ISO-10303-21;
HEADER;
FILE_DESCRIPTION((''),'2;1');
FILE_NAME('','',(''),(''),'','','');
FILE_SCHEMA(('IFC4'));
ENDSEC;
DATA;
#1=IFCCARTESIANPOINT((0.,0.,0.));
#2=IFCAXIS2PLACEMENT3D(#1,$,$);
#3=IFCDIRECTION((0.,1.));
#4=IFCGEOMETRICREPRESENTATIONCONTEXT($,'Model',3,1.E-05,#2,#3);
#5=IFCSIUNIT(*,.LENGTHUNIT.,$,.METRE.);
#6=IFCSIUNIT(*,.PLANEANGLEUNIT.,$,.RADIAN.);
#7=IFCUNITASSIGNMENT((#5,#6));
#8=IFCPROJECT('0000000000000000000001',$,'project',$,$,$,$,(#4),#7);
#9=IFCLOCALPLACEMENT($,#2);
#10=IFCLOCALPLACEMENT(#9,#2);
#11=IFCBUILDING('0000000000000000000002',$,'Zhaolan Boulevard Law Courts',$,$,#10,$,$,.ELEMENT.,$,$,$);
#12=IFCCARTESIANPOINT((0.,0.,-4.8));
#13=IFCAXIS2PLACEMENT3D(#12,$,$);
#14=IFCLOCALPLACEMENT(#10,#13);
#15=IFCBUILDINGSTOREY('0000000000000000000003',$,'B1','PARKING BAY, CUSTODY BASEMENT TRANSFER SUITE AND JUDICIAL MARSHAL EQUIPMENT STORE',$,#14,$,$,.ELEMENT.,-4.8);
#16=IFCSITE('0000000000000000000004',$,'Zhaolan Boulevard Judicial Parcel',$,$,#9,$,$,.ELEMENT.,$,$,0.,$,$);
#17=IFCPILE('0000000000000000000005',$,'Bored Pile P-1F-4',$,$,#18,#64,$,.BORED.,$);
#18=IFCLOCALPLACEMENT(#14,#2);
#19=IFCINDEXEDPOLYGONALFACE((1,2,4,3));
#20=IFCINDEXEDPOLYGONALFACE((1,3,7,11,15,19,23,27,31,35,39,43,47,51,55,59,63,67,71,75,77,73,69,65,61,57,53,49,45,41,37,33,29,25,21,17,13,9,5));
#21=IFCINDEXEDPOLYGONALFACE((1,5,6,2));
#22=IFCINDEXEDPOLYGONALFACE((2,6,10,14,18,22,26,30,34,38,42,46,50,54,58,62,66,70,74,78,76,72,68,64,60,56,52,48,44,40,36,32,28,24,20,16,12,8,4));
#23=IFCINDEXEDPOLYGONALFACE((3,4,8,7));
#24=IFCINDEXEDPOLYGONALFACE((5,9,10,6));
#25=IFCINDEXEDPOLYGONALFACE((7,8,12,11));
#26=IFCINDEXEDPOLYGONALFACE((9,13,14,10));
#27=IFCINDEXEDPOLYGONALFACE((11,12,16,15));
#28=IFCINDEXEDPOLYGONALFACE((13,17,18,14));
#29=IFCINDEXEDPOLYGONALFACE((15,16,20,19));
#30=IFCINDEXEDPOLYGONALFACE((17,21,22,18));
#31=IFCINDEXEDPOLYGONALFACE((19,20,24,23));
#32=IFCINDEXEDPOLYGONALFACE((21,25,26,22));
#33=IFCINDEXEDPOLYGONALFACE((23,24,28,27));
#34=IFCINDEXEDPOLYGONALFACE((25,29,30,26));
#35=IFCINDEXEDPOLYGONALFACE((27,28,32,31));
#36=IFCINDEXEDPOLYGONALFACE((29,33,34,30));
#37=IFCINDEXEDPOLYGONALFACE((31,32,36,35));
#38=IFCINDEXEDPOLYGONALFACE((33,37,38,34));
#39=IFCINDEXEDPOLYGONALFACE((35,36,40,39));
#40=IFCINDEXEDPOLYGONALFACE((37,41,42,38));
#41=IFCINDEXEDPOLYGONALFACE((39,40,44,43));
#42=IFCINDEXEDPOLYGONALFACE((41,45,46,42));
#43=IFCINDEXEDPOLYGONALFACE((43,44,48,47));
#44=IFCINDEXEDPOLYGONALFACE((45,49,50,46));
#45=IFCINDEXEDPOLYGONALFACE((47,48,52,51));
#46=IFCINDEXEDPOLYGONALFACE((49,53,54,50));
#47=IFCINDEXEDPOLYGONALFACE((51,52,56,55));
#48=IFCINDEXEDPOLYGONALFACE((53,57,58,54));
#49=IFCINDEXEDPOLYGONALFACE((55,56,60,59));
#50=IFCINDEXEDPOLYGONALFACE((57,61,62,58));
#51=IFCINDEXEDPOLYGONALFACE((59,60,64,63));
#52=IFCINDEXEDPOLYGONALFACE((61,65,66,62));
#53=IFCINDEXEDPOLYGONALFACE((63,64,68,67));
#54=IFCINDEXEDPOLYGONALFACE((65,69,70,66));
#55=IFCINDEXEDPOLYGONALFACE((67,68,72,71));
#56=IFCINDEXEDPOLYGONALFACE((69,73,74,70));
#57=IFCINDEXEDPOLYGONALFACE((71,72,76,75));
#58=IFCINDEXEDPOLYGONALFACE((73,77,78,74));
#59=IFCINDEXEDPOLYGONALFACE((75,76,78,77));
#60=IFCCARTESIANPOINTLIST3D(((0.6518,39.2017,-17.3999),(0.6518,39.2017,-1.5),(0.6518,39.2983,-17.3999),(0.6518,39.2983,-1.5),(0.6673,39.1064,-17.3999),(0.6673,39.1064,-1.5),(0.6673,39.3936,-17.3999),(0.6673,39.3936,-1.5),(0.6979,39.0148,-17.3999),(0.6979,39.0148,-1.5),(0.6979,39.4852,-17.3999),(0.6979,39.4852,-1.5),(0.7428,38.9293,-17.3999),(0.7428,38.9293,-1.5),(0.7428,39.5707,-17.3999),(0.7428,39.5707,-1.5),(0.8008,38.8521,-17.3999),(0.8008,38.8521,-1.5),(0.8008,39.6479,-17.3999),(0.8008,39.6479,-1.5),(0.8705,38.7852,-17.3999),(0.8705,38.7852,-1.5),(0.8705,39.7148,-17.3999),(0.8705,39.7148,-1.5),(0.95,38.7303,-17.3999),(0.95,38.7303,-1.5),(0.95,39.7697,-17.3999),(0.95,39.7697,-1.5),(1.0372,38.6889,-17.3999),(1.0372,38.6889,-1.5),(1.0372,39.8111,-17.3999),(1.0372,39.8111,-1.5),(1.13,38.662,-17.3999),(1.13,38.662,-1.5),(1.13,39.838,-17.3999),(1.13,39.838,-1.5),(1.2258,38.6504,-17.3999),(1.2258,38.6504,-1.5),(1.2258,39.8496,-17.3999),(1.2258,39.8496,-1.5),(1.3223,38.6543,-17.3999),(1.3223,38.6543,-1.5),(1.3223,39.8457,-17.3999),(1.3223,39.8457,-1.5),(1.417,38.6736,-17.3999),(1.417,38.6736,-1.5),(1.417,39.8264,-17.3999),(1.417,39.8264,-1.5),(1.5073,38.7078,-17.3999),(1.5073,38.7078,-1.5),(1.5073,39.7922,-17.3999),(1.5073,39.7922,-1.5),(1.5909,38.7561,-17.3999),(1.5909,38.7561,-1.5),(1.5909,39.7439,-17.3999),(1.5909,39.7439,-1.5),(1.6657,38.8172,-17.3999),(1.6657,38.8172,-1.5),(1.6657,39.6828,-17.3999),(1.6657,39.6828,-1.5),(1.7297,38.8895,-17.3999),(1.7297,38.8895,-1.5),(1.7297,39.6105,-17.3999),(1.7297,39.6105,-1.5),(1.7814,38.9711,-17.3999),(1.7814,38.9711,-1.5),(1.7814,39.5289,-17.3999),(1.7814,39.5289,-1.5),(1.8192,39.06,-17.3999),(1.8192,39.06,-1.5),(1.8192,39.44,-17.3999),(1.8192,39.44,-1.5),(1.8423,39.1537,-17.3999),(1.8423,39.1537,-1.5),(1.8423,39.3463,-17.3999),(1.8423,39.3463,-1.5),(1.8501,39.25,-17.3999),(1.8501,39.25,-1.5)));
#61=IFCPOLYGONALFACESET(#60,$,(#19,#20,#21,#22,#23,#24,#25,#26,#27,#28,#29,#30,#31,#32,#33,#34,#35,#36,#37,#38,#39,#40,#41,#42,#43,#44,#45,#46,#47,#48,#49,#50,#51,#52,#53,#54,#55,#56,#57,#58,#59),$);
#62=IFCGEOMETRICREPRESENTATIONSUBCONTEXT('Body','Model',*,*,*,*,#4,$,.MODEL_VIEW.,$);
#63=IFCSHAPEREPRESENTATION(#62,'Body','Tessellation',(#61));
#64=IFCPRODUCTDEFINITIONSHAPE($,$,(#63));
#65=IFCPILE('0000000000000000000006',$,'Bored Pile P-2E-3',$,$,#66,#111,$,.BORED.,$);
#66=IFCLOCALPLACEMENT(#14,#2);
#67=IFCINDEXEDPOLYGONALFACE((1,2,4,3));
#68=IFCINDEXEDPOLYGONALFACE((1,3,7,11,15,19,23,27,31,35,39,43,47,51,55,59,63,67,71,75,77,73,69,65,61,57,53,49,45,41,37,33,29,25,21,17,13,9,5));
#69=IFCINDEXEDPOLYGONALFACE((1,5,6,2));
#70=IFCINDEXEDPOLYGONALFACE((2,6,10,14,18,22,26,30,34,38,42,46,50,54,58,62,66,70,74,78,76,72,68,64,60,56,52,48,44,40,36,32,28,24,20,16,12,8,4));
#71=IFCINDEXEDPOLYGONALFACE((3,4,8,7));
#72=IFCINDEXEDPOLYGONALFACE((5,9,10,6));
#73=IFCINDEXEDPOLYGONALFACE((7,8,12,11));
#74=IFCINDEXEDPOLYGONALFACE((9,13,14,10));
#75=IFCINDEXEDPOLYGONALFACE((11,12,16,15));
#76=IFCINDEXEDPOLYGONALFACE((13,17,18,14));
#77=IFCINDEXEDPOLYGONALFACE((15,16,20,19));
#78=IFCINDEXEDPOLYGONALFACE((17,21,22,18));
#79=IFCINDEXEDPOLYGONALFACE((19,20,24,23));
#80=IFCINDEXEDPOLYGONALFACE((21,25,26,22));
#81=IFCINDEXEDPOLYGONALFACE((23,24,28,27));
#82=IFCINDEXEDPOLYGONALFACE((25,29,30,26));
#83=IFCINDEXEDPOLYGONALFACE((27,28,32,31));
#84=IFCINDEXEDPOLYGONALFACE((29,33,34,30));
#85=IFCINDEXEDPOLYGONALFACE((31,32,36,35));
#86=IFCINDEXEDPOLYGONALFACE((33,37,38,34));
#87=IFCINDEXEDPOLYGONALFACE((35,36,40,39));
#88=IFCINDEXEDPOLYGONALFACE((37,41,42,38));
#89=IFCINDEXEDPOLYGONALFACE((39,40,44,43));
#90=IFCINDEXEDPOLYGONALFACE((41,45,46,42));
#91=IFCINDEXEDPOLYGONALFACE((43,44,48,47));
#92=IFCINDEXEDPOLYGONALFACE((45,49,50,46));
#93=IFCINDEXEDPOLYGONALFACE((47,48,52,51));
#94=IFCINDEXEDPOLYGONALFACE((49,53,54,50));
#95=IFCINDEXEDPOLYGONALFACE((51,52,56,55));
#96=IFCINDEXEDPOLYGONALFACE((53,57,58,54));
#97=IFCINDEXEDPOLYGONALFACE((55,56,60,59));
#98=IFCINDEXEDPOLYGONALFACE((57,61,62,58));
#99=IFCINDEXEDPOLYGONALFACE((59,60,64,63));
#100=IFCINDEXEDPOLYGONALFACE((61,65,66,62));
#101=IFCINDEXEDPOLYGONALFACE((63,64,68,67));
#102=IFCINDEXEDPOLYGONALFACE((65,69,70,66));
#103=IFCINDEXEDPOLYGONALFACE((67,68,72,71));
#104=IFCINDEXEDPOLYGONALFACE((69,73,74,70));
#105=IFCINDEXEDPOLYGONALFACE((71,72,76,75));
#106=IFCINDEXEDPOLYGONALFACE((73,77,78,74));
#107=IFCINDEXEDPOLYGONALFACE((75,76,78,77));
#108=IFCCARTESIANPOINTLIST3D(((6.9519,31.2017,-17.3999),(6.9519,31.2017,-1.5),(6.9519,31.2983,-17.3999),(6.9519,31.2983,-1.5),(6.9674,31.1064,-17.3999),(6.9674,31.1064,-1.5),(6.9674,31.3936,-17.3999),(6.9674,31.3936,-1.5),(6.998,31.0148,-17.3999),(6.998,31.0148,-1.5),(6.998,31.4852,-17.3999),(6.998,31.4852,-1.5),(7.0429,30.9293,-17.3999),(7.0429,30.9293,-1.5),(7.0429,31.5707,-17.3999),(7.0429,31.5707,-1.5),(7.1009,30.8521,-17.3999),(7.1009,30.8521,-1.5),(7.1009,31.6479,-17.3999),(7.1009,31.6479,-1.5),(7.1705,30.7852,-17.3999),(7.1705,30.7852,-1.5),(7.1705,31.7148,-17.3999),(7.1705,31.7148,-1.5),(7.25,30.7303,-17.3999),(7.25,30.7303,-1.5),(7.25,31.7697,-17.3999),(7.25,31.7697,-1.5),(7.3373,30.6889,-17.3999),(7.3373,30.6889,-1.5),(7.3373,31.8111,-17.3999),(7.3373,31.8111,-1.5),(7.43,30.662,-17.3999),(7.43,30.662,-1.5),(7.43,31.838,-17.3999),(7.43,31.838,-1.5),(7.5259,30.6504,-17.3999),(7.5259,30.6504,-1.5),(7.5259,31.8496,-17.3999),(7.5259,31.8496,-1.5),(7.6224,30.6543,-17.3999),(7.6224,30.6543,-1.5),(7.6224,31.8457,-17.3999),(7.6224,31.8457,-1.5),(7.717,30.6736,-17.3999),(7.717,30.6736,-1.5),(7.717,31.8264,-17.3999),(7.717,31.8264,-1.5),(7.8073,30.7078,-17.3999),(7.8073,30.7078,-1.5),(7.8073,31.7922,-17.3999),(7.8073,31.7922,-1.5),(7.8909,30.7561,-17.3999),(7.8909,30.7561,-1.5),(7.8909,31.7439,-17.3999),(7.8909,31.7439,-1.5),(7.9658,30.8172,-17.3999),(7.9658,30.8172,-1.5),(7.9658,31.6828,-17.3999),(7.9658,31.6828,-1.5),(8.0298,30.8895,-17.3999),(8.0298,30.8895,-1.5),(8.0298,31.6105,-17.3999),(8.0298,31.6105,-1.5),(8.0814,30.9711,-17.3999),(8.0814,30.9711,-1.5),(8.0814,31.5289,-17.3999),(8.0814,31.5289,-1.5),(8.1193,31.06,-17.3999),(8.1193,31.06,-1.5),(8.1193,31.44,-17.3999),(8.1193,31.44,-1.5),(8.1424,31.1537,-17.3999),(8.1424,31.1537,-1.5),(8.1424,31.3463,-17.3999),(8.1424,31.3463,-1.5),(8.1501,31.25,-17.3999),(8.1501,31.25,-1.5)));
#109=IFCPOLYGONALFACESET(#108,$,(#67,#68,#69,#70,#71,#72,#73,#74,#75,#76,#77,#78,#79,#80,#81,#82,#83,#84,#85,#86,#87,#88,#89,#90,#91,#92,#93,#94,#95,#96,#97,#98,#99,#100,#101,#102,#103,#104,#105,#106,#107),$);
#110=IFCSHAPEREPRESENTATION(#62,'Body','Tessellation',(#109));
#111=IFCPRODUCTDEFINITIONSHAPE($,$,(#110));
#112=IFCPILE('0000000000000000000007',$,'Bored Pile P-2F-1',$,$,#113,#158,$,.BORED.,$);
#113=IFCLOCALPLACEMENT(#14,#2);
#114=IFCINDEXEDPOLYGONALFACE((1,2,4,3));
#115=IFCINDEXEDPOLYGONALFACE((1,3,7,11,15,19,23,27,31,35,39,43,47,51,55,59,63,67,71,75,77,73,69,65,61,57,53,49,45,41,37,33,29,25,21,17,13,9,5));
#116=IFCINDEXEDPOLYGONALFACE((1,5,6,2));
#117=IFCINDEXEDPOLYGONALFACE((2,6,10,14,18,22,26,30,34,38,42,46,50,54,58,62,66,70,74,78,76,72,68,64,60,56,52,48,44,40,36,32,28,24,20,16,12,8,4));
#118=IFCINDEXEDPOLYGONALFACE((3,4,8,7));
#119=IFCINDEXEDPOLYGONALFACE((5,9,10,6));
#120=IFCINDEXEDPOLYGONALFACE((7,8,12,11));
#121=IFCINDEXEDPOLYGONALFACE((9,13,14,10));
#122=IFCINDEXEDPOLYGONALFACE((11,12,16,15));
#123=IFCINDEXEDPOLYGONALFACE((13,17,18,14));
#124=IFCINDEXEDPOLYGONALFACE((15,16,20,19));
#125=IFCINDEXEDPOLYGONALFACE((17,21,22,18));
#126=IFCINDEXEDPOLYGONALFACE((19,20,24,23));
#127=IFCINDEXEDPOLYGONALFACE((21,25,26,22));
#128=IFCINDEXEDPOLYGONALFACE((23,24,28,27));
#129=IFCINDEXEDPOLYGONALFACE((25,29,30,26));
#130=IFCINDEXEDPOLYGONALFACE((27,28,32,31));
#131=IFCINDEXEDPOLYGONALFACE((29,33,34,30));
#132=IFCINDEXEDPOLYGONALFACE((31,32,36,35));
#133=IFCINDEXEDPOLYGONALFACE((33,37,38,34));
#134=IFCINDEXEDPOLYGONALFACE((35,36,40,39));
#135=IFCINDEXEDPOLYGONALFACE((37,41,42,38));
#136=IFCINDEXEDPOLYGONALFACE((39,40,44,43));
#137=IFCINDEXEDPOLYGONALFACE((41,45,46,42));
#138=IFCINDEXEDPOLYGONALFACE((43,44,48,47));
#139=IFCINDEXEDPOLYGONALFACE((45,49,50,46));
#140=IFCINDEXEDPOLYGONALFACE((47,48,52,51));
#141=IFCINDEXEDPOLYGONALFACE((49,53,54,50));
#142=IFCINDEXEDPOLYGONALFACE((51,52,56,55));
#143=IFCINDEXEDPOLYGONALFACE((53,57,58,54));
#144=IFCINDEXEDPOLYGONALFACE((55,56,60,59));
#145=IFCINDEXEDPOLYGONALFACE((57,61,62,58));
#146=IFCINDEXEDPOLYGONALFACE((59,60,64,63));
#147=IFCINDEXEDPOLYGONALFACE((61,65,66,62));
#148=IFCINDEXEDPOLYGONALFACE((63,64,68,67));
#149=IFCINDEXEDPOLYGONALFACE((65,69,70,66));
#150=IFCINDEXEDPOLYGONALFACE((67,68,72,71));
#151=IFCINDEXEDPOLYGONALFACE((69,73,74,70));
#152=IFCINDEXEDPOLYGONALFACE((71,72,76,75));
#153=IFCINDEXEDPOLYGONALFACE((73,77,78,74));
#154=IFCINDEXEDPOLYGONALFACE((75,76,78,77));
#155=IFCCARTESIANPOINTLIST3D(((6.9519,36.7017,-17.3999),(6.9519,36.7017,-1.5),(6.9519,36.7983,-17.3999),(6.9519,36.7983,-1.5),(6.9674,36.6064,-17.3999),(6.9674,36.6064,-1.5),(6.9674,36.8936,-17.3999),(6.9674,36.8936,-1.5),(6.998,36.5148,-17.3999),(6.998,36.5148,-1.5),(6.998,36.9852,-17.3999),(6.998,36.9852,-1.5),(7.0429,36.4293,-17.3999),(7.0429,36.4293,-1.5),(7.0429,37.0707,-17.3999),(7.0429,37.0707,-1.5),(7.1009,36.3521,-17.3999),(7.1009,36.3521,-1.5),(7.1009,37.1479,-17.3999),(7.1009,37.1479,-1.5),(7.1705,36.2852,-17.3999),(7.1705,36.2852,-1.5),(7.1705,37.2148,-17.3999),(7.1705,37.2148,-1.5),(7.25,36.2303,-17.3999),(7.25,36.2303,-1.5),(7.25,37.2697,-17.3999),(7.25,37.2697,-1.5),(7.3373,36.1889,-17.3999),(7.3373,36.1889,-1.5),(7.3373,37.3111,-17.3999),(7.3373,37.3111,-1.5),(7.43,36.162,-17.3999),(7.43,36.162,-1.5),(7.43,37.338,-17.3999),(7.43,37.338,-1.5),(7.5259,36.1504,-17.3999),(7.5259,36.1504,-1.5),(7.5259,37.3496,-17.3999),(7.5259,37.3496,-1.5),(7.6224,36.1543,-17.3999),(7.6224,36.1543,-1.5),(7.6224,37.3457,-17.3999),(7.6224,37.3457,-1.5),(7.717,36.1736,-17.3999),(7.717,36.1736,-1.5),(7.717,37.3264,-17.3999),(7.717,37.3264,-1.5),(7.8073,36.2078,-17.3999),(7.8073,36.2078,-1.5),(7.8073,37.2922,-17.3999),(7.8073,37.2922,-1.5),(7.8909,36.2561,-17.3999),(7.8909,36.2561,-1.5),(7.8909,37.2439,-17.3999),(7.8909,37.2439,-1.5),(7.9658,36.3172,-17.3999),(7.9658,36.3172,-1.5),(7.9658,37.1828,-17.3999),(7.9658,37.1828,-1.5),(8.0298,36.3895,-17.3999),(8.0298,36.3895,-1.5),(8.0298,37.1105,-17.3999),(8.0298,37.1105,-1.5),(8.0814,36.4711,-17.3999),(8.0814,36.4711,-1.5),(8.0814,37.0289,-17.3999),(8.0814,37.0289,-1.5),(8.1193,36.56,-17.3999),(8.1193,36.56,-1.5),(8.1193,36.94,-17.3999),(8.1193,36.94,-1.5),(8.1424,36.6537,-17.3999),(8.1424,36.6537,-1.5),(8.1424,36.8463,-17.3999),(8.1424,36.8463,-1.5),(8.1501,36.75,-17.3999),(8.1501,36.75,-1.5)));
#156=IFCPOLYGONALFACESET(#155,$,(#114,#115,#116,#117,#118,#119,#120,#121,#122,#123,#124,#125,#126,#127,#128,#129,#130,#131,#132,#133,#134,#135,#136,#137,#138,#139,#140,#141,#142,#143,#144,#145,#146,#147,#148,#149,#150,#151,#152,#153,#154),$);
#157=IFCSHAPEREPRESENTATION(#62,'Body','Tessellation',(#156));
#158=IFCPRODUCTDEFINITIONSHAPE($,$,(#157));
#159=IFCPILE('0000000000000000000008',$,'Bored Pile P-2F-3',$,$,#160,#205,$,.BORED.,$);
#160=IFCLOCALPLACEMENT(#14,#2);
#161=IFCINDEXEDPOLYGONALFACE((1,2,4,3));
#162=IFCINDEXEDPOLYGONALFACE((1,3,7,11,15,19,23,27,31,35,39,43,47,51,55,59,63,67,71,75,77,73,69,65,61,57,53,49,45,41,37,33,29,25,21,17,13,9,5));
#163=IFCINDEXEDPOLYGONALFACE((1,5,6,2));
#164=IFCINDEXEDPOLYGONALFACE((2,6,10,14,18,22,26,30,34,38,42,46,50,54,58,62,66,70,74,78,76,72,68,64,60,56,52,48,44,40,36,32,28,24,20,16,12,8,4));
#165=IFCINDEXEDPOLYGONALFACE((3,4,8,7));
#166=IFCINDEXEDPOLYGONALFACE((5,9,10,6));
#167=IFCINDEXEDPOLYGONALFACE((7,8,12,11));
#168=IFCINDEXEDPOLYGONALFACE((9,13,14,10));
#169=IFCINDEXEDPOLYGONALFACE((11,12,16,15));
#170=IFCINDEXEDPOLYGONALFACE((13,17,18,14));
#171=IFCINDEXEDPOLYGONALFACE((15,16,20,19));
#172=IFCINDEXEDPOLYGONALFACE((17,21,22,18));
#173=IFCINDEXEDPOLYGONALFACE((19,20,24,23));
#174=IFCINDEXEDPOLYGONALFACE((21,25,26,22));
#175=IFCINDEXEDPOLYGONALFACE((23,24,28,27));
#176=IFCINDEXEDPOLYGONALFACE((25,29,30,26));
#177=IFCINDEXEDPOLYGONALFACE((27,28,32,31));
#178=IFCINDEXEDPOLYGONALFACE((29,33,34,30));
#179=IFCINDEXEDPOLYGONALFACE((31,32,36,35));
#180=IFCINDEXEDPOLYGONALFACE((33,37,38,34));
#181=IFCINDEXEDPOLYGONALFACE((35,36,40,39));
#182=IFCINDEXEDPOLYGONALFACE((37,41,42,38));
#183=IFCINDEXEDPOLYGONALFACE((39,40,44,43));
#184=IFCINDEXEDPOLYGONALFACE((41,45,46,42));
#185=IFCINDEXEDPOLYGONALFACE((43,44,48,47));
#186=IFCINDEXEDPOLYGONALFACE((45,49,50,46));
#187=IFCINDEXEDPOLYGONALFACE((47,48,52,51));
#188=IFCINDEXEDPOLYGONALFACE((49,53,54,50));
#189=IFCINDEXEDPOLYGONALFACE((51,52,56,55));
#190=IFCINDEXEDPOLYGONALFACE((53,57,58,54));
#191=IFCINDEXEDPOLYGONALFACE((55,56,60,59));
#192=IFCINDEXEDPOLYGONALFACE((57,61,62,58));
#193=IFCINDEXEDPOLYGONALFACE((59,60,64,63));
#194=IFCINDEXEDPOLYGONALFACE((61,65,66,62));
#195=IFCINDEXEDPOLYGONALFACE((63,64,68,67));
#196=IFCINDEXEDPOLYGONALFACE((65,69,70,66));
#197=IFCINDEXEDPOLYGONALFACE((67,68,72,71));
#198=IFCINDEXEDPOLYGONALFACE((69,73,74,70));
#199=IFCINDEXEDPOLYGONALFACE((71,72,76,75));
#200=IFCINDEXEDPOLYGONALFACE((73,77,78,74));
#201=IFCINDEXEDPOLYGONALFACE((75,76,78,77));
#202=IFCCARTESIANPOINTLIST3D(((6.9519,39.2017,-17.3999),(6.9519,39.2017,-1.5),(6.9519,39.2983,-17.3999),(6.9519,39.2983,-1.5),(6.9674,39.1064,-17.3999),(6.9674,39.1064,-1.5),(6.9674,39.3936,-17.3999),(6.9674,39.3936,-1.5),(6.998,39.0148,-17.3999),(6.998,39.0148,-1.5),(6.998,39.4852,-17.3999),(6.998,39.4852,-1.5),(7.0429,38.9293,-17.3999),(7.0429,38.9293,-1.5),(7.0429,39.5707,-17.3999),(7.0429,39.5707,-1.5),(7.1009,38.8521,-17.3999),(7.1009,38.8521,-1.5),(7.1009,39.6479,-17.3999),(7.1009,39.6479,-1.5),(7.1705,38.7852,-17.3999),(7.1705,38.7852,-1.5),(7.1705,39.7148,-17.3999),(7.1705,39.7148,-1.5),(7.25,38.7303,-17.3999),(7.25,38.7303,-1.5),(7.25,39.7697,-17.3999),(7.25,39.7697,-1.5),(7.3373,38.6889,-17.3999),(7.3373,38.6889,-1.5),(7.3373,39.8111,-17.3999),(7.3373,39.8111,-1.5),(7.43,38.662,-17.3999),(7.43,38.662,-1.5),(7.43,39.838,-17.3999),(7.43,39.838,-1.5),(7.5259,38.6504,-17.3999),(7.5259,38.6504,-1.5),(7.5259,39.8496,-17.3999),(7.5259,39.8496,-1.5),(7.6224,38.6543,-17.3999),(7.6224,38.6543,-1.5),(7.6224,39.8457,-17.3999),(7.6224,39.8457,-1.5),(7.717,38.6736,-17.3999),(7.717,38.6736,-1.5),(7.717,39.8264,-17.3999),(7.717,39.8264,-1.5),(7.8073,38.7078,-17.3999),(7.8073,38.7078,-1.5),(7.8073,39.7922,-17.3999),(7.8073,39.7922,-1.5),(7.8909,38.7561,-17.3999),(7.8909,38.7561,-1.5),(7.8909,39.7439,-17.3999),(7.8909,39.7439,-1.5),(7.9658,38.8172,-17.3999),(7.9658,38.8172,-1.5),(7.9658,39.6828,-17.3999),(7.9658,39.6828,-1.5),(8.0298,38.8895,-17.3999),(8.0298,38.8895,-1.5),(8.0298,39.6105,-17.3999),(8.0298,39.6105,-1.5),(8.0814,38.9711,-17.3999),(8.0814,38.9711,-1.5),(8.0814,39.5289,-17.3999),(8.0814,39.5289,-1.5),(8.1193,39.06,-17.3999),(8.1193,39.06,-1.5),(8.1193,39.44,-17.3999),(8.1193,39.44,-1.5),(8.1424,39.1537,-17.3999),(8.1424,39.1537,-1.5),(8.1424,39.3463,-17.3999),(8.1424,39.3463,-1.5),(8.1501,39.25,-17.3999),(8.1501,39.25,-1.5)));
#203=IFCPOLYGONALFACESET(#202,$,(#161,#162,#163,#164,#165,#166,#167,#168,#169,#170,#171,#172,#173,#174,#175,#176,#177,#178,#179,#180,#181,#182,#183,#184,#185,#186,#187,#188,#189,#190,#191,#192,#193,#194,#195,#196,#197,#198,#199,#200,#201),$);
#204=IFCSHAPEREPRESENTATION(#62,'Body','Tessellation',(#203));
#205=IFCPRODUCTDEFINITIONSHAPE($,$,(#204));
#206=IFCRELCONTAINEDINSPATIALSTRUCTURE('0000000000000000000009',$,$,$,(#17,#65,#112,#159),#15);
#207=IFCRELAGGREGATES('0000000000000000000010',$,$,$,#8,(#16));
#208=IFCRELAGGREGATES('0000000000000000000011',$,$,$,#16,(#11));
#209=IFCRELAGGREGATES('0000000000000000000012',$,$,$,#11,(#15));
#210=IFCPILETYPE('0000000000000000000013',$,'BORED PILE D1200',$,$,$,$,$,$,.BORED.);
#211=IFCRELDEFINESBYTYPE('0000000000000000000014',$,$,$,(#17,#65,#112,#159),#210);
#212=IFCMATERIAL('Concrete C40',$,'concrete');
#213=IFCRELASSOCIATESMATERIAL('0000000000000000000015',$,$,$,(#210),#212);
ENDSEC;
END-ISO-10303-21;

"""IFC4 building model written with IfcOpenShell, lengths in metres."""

from ifc_helpers import new_model, si_unit, direction, frame, origin, origin_2d, place, context, subcontext, project, spatial, circle, extrude, material, material_profile, profile_set, type_object, element, save


model = new_model("IFC4")

# Units and contexts
model_context = context("Model", 3, precision=1e-05, world=origin(), true_north=direction((0.0, 1.0)))
body_context = subcontext(model_context, "Body", "Model", "MODEL_VIEW")
ifc_project = project(units=[si_unit("LENGTHUNIT", "METRE"), si_unit("PLANEANGLEUNIT", "RADIAN")], contexts=[model_context])

# Site, building, storey
site_placement = place(None, origin())
site = spatial("IfcSite", under=ifc_project, at=site_placement, Name="Zhaolan Boulevard Judicial Parcel", CompositionType="ELEMENT", RefElevation=0.0)
building_placement = place(site_placement, origin())
building = spatial("IfcBuilding", under=site, at=building_placement, Name="Zhaolan Boulevard Law Courts", CompositionType="ELEMENT")
storey_placement = place(building_placement, frame((0.0, 0.0, -4.8)))
storey = spatial("IfcBuildingStorey", under=building, at=storey_placement, Name="B1", Description="PARKING BAY, CUSTODY BASEMENT TRANSFER SUITE AND JUDICIAL MARSHAL EQUIPMENT STORE", CompositionType="ELEMENT", Elevation=-4.8)

# Piles
ifc_material_1 = material(Name="Concrete C40", Category="concrete")
ifc_material_profile_1 = material_profile(ifc_material_1, circle(Radius=0.6001, at=origin_2d()), Name="PILE-D1200")
ifc_profile_set_1 = profile_set([ifc_material_profile_1], Name="Concrete C40")
pile_type = type_object("IfcPileType", Name="BORED PILE D1200", PredefinedType="BORED", material=ifc_profile_set_1)
for number, where, z_axis, x_axis, name in (
    (1, (1.25, 39.25, -1.5), (0.0, 0.0, -1.0), (1.0, 0.0, 0.0), "Bored Pile P-1F-4"),
    (2, (7.55, 31.25, -1.5), (0.0, 0.0, -1.0), (1.0, 0.0, 0.0), "Bored Pile P-2E-3"),
    (3, (7.55, 36.75, -1.5), (0.0, 0.0, -1.0), (1.0, 0.0, 0.0), "Bored Pile P-2F-1"),
    (4, (7.55, 39.25, -1.5), (0.0, 0.0, -1.0), (1.0, 0.0, 0.0), "Bored Pile P-2F-3"),
):
    element("IfcPile", number, at=place(storey_placement, frame(where, z_axis=z_axis, x_axis=x_axis)), inside=storey, type_object=pile_type, Name=name, PredefinedType="BORED", context=body_context, shape_type="SweptSolid", body=[
        extrude(circle(Radius=0.6001, at=origin_2d()), origin(), (0.0, 0.0, 1.0), 15.8999),
    ])

save(model, "model.ifc")
